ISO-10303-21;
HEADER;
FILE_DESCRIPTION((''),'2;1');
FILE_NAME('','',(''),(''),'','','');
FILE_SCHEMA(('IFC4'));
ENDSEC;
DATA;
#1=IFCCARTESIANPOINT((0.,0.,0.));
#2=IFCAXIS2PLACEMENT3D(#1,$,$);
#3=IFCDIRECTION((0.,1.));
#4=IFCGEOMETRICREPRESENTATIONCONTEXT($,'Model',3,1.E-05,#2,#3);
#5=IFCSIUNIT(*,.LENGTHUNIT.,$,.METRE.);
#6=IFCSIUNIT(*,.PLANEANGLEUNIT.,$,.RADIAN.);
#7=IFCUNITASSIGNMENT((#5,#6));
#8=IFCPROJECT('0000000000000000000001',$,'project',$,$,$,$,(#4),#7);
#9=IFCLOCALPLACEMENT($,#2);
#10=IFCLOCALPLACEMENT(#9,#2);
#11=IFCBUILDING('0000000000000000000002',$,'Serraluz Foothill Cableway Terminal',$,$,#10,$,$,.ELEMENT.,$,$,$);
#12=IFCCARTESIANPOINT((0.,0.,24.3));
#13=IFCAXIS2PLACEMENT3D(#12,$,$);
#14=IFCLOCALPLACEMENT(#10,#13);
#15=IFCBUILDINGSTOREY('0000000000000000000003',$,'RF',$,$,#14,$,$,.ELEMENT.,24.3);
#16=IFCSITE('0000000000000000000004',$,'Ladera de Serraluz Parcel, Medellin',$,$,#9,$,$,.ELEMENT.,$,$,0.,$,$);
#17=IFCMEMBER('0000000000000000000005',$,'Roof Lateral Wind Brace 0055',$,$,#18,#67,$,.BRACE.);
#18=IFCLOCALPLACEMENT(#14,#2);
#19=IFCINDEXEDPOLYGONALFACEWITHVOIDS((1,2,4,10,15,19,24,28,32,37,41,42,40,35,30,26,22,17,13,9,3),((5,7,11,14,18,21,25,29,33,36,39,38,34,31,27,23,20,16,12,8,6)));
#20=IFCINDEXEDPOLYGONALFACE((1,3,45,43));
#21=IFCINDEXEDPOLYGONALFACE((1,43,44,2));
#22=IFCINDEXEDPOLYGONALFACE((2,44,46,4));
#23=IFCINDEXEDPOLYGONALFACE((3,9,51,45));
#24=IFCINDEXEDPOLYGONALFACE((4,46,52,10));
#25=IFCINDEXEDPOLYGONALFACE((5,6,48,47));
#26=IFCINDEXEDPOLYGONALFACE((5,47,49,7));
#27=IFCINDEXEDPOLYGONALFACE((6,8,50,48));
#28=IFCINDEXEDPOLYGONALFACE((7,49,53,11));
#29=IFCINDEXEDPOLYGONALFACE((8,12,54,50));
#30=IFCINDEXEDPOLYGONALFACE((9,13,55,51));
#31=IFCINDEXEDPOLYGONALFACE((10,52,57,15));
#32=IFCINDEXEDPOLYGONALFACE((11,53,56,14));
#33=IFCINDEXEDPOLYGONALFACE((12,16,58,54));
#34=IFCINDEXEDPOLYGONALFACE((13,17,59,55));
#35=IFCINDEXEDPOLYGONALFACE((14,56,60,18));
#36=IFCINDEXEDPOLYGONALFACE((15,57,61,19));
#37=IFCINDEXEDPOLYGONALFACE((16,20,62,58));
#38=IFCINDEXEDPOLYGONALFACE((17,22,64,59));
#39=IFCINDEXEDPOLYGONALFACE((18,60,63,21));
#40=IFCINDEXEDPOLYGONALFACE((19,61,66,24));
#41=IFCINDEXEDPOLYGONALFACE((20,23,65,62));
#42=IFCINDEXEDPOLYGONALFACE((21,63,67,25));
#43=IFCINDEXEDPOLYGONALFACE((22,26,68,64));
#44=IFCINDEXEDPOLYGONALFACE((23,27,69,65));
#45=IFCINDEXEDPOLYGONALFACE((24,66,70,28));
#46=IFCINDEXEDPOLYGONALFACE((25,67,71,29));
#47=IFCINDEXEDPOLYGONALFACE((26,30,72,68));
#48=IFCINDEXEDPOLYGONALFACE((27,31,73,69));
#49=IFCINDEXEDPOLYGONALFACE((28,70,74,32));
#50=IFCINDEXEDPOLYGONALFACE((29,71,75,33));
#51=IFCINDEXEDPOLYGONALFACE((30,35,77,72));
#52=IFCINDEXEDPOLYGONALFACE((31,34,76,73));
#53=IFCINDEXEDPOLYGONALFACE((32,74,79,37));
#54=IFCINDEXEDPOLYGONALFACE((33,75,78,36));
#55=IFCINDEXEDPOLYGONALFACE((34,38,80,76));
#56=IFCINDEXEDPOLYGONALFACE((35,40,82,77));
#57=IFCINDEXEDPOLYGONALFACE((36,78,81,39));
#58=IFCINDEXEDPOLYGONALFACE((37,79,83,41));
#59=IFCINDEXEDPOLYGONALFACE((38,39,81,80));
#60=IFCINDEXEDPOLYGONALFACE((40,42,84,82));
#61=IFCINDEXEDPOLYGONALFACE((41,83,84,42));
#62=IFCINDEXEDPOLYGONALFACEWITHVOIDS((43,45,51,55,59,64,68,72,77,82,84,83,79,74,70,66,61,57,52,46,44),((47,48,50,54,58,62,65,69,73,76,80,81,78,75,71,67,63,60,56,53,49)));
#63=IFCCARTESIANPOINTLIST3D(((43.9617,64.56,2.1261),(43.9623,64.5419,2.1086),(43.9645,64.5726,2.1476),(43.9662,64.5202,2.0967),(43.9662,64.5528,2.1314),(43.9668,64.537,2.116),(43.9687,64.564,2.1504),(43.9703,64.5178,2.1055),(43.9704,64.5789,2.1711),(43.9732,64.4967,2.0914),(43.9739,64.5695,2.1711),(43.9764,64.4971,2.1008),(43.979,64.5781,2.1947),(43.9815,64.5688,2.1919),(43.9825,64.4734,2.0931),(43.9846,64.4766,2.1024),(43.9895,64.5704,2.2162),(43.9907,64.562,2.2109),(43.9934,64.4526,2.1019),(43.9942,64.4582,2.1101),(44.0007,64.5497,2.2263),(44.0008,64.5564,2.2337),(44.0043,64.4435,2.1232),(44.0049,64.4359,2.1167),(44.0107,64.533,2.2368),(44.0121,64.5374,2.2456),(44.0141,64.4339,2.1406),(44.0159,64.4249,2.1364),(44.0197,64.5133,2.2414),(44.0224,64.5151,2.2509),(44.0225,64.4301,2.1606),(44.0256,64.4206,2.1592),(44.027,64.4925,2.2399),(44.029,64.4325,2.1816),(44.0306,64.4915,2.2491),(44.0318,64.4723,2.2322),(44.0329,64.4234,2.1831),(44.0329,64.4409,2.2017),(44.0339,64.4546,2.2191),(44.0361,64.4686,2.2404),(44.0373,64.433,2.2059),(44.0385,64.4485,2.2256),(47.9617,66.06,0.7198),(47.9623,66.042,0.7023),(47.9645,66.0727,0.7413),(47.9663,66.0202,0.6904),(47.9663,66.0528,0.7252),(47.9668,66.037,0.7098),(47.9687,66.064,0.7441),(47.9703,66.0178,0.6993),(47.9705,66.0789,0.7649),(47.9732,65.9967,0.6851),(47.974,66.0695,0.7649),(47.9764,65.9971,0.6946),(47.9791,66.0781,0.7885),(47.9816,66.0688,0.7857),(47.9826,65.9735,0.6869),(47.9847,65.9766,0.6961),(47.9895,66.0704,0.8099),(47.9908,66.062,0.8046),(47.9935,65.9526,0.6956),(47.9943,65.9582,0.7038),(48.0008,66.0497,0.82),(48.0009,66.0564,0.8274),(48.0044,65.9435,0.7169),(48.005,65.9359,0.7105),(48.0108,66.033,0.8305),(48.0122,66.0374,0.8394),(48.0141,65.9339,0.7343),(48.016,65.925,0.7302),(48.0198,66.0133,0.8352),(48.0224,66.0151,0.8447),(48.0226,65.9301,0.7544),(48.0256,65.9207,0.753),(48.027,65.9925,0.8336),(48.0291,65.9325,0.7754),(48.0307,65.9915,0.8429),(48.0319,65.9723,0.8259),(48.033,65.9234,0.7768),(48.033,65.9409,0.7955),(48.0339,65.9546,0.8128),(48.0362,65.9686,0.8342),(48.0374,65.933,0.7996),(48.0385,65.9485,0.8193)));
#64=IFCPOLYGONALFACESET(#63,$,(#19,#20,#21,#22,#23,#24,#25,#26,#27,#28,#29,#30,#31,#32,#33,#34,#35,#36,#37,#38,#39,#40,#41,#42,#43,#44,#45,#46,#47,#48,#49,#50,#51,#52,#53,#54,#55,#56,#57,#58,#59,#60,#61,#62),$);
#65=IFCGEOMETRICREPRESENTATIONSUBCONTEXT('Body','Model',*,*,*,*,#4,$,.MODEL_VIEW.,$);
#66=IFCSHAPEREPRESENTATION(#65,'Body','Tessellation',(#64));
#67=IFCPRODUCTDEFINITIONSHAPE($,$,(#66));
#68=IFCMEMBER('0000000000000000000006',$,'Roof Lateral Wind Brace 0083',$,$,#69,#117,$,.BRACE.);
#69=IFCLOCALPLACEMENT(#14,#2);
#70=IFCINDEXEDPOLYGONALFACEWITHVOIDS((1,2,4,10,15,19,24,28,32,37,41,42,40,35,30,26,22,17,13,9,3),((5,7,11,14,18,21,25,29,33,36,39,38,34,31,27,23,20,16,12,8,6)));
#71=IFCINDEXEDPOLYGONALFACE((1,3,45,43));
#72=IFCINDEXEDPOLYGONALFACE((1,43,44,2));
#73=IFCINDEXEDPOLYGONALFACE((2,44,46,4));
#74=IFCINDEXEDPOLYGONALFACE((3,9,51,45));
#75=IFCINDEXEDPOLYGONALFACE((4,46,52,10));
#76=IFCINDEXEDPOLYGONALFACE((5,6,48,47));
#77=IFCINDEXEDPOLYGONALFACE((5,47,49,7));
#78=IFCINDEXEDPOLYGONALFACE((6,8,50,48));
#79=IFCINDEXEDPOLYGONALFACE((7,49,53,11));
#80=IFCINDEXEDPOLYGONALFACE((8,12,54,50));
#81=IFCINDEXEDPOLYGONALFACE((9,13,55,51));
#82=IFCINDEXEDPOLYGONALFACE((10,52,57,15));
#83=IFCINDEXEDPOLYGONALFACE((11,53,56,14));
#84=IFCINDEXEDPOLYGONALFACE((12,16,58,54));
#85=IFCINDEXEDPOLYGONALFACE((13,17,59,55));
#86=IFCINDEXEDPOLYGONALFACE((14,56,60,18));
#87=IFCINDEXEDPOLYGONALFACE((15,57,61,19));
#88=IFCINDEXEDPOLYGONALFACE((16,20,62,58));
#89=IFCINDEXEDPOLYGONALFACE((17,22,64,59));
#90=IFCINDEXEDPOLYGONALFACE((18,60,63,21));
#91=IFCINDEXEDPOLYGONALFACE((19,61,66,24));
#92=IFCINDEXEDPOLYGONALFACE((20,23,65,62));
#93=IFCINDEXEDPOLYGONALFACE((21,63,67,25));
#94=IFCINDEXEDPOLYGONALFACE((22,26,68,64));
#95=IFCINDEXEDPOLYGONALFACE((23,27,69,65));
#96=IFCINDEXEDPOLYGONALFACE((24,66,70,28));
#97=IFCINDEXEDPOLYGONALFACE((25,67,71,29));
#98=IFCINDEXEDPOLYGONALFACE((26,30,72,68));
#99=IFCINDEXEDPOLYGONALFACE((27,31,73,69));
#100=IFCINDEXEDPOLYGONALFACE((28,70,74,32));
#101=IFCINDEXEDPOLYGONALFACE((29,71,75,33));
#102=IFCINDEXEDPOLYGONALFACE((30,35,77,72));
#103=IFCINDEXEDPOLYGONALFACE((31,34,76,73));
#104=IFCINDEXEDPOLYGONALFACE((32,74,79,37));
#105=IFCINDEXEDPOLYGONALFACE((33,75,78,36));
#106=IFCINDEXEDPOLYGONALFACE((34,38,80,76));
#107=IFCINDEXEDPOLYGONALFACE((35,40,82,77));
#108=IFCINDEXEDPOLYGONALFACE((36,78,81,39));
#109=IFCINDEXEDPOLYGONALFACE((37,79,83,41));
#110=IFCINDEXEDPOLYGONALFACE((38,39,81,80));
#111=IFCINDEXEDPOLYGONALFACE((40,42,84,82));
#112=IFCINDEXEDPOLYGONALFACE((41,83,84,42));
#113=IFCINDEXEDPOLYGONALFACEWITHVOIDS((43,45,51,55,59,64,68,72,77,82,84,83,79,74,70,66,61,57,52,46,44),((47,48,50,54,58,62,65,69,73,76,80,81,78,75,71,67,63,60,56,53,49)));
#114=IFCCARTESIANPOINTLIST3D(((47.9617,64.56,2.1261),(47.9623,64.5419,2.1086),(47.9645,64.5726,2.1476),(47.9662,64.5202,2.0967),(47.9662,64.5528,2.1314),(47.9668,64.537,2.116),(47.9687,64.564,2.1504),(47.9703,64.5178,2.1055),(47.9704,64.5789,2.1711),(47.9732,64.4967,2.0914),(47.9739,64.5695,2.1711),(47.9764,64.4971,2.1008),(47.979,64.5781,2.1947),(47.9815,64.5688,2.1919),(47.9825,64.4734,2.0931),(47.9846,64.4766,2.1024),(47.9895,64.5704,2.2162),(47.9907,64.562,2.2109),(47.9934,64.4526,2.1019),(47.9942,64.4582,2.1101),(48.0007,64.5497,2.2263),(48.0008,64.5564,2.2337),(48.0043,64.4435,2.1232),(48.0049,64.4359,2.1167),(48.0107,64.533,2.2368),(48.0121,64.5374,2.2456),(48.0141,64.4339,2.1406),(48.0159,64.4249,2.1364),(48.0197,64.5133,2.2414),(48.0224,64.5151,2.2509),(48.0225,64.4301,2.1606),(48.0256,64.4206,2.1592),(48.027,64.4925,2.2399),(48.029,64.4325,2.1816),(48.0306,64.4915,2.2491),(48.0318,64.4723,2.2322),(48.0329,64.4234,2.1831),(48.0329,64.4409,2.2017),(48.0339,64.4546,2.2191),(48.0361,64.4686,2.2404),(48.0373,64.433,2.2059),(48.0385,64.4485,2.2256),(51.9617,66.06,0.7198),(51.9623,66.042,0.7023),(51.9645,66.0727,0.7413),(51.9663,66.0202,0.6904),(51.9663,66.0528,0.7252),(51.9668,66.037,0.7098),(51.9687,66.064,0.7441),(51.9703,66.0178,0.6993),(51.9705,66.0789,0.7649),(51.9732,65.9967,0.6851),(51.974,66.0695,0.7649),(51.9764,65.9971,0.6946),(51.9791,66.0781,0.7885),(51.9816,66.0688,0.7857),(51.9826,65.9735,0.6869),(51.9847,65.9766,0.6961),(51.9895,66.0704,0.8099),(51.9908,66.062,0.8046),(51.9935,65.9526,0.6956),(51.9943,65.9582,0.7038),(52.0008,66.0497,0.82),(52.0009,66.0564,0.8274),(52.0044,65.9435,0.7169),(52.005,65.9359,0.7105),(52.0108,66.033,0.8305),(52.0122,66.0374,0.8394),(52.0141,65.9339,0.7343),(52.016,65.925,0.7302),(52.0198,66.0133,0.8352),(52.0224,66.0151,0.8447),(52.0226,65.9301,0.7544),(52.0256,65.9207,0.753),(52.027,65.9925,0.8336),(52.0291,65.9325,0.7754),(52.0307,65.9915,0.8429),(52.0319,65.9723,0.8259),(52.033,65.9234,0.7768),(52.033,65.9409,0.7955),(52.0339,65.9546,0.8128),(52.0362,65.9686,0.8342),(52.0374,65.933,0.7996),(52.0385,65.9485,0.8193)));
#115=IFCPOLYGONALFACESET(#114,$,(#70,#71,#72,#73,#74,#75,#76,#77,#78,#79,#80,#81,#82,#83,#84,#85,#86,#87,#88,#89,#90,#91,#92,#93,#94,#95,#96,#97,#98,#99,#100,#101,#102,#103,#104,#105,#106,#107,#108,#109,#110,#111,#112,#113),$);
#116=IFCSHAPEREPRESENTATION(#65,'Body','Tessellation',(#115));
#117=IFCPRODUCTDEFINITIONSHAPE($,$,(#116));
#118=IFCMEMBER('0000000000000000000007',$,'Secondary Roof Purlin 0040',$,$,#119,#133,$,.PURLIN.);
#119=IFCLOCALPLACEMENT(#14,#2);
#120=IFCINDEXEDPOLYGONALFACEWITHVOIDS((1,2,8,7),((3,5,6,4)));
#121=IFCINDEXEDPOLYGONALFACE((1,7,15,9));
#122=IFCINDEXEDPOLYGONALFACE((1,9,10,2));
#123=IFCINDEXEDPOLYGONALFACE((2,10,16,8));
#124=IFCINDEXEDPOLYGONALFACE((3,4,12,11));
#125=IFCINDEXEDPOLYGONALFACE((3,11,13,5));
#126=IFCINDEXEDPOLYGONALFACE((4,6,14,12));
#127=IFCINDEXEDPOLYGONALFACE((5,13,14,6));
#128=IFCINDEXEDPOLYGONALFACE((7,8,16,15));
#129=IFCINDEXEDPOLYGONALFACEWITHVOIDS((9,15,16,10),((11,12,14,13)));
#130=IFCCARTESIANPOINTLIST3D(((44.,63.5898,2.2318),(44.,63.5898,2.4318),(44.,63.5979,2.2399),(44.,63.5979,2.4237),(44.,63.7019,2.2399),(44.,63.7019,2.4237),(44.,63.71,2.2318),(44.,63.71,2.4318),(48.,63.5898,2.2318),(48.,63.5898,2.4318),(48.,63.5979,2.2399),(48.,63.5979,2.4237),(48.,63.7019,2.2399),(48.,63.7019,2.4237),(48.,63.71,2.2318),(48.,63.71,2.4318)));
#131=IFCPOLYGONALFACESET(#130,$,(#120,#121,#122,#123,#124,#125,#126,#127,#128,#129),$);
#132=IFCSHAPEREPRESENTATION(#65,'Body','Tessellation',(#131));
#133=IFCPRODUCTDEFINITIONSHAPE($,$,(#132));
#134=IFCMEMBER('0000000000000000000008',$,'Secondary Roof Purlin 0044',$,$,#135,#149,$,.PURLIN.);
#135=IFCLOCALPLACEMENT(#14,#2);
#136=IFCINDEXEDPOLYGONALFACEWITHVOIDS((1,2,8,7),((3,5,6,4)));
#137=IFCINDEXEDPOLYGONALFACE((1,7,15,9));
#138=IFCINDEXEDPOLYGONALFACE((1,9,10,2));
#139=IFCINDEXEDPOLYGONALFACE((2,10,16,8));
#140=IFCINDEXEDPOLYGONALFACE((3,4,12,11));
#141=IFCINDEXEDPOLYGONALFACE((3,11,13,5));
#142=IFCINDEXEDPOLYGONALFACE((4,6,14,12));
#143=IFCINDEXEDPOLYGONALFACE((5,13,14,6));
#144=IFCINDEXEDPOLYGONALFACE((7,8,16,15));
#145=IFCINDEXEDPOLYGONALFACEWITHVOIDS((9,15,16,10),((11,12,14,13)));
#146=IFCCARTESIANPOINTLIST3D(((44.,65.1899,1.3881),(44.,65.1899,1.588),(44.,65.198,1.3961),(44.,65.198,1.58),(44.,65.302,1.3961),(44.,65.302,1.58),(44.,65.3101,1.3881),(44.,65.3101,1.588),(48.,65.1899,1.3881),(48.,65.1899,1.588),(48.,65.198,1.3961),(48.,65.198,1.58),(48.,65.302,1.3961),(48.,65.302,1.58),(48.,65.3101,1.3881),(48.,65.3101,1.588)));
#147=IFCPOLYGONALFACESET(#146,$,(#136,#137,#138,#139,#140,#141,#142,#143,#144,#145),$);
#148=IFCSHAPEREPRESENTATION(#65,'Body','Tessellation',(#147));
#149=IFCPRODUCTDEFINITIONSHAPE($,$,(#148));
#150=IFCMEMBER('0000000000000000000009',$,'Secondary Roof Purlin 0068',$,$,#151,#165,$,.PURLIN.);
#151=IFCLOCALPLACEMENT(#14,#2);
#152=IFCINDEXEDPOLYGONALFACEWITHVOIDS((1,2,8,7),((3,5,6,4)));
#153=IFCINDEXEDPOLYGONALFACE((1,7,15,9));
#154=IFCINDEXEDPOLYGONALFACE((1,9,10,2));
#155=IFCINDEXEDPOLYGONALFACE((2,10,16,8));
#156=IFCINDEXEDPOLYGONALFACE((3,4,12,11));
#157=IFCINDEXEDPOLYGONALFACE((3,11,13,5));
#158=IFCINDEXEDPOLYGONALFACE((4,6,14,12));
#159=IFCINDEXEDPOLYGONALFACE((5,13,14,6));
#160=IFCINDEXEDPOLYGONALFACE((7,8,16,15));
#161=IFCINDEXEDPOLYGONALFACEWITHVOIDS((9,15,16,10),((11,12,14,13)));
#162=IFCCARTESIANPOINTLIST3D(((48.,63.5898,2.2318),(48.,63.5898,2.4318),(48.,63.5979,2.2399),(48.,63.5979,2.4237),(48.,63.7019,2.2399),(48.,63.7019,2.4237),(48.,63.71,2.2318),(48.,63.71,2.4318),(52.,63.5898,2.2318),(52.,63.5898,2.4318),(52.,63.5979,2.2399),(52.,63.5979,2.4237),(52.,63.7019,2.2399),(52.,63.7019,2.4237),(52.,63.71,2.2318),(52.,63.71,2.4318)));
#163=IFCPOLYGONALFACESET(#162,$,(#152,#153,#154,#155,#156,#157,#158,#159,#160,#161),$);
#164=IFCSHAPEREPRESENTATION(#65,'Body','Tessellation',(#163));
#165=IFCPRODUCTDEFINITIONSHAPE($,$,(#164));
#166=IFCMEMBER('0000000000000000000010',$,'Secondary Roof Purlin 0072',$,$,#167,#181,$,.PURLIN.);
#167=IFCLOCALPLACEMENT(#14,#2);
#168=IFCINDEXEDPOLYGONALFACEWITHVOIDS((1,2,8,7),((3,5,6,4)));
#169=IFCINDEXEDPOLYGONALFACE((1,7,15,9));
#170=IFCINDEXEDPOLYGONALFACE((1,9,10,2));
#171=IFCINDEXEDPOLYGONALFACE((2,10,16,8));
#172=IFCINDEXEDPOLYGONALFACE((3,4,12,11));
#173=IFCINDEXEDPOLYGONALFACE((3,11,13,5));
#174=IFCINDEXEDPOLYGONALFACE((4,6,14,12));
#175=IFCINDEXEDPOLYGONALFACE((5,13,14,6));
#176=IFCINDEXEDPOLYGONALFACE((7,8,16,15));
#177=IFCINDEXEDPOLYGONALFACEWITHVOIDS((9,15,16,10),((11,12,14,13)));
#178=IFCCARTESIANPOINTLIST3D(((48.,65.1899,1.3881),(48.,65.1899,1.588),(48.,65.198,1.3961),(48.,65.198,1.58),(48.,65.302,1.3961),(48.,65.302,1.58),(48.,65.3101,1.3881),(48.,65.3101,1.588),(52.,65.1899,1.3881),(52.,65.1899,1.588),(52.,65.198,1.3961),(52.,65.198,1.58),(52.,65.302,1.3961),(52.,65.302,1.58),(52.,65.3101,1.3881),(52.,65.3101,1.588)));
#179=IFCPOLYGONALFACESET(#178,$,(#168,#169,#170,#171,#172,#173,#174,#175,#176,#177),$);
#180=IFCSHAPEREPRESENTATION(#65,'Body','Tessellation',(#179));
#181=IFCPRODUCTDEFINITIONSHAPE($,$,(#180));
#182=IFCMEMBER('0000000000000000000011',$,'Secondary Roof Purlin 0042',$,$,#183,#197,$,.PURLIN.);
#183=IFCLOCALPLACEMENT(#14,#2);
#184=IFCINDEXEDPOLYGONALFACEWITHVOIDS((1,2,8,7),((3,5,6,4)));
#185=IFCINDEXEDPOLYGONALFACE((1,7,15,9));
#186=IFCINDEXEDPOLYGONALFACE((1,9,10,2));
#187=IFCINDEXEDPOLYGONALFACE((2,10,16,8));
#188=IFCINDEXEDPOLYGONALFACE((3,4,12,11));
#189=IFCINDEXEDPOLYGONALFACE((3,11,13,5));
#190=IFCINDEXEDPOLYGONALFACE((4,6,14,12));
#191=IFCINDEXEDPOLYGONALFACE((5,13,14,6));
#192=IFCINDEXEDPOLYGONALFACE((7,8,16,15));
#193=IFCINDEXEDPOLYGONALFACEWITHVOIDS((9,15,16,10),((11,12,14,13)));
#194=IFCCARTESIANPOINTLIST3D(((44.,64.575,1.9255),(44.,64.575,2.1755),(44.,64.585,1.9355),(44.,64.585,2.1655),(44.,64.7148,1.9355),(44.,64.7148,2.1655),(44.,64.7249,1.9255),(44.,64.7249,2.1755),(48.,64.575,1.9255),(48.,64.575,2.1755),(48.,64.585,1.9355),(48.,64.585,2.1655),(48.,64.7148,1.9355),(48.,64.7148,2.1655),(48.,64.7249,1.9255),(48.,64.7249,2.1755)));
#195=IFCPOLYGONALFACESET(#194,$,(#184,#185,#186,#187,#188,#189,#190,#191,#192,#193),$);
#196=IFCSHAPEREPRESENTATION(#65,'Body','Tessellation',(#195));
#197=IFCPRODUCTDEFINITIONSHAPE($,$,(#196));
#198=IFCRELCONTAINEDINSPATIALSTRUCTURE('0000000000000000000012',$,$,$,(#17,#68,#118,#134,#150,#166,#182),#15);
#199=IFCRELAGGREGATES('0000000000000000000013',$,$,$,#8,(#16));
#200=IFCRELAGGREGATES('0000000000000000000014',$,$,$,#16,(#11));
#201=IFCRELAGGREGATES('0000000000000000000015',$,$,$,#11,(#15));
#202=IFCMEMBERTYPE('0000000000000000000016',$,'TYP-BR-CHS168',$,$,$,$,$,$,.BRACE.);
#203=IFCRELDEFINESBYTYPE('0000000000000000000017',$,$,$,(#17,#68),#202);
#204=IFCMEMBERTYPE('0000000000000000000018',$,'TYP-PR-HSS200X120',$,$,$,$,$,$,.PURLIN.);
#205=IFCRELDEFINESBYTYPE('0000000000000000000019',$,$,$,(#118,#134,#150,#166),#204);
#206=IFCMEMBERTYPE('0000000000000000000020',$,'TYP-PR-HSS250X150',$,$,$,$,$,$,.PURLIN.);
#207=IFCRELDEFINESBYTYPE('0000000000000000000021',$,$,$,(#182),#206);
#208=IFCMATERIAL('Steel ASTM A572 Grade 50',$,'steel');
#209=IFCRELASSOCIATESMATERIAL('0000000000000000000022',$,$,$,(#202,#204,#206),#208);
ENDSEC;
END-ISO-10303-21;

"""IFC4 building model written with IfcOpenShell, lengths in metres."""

from ifc_helpers import new_model, si_unit, direction, frame, origin, origin_2d, place, context, subcontext, project, spatial, hollow_rectangle, hollow_circle, extrude, material, material_profile, profile_set, type_object, element, save


model = new_model("IFC4")

# Units and contexts
model_context = context("Model", 3, precision=1e-05, world=origin(), true_north=direction((0.0, 1.0)))
body_context = subcontext(model_context, "Body", "Model", "MODEL_VIEW")
ifc_project = project(units=[si_unit("LENGTHUNIT", "METRE"), si_unit("PLANEANGLEUNIT", "RADIAN")], contexts=[model_context])

# Site, building, storey
site_placement = place(None, origin())
site = spatial("IfcSite", under=ifc_project, at=site_placement, Name="Ladera de Serraluz Parcel, Medellin", CompositionType="ELEMENT", RefElevation=0.0)
building_placement = place(site_placement, origin())
building = spatial("IfcBuilding", under=site, at=building_placement, Name="Serraluz Foothill Cableway Terminal", CompositionType="ELEMENT")
storey_placement = place(building_placement, frame((0.0, 0.0, 24.3)))
storey = spatial("IfcBuildingStorey", under=building, at=storey_placement, Name="RF", CompositionType="ELEMENT", Elevation=24.3)

# Members
ifc_material_1 = material(Name="Steel ASTM A572 Grade 50", Category="steel")
ifc_material_profile_1 = material_profile(ifc_material_1, hollow_circle(Radius=0.0842, WallThickness=0.01, at=origin_2d()), Name="CHS168X10")
ifc_profile_set_1 = profile_set([ifc_material_profile_1], Name="Steel ASTM A572 Grade 50")
member_type_1 = type_object("IfcMemberType", Name="TYP-BR-CHS168", PredefinedType="BRACE", material=ifc_profile_set_1)
for number, where, z_axis, x_axis, name in (
    (1, (44.0, 64.5, 2.1711), (0.889382, 0.333518, -0.312673), (-0.351123, 0.936329, 0.0), "Roof Lateral Wind Brace 0055"),
    (2, (48.0, 64.5, 2.1711), (0.889382, 0.333518, -0.312673), (-0.351123, 0.936329, 0.0), "Roof Lateral Wind Brace 0083"),
):
    element("IfcMember", number, at=place(storey_placement, frame(where, z_axis=z_axis, x_axis=x_axis)), inside=storey, type_object=member_type_1, Name=name, PredefinedType="BRACE", context=body_context, shape_type="SweptSolid", body=[
        extrude(hollow_circle(Radius=0.0842, WallThickness=0.01, at=origin_2d()), origin(), (0.0, 0.0, 1.0), 4.4976),
    ])
ifc_material_profile_2 = material_profile(ifc_material_1, hollow_rectangle(XDim=0.1201, YDim=0.2, WallThickness=0.0081, at=origin_2d()), Name="HSS200X120X8")
ifc_profile_set_2 = profile_set([ifc_material_profile_2], Name="Steel ASTM A572 Grade 50")
member_type_2 = type_object("IfcMemberType", Name="TYP-PR-HSS200X120", PredefinedType="PURLIN", material=ifc_profile_set_2)
for number, where, z_axis, x_axis, name in (
    (3, (44.0, 63.6499, 2.3318), (1.0, 0.0, 0.0), (0.0, 1.0, 0.0), "Secondary Roof Purlin 0040"),
    (4, (44.0, 65.25, 1.488), (1.0, 0.0, 0.0), (0.0, 1.0, 0.0), "Secondary Roof Purlin 0044"),
    (5, (48.0, 63.6499, 2.3318), (1.0, 0.0, 0.0), (0.0, 1.0, 0.0), "Secondary Roof Purlin 0068"),
    (6, (48.0, 65.25, 1.488), (1.0, 0.0, 0.0), (0.0, 1.0, 0.0), "Secondary Roof Purlin 0072"),
):
    element("IfcMember", number, at=place(storey_placement, frame(where, z_axis=z_axis, x_axis=x_axis)), inside=storey, type_object=member_type_2, Name=name, PredefinedType="PURLIN", context=body_context, shape_type="SweptSolid", body=[
        extrude(hollow_rectangle(XDim=0.1201, YDim=0.2, WallThickness=0.0081, at=origin_2d()), origin(), (0.0, 0.0, 1.0), 4.0),
    ])
ifc_material_profile_3 = material_profile(ifc_material_1, hollow_rectangle(XDim=0.1499, YDim=0.25, WallThickness=0.01, at=origin_2d()), Name="HSS250X150X10")
ifc_profile_set_3 = profile_set([ifc_material_profile_3], Name="Steel ASTM A572 Grade 50")
member_type_3 = type_object("IfcMemberType", Name="TYP-PR-HSS250X150", PredefinedType="PURLIN", material=ifc_profile_set_3)
for number, where, z_axis, x_axis, name in (
    (7, (44.0, 64.6499, 2.0505), (1.0, 0.0, 0.0), (0.0, 1.0, 0.0), "Secondary Roof Purlin 0042"),
):
    element("IfcMember", number, at=place(storey_placement, frame(where, z_axis=z_axis, x_axis=x_axis)), inside=storey, type_object=member_type_3, Name=name, PredefinedType="PURLIN", context=body_context, shape_type="SweptSolid", body=[
        extrude(hollow_rectangle(XDim=0.1499, YDim=0.25, WallThickness=0.01, at=origin_2d()), origin(), (0.0, 0.0, 1.0), 4.0),
    ])

save(model, "model.ifc")
